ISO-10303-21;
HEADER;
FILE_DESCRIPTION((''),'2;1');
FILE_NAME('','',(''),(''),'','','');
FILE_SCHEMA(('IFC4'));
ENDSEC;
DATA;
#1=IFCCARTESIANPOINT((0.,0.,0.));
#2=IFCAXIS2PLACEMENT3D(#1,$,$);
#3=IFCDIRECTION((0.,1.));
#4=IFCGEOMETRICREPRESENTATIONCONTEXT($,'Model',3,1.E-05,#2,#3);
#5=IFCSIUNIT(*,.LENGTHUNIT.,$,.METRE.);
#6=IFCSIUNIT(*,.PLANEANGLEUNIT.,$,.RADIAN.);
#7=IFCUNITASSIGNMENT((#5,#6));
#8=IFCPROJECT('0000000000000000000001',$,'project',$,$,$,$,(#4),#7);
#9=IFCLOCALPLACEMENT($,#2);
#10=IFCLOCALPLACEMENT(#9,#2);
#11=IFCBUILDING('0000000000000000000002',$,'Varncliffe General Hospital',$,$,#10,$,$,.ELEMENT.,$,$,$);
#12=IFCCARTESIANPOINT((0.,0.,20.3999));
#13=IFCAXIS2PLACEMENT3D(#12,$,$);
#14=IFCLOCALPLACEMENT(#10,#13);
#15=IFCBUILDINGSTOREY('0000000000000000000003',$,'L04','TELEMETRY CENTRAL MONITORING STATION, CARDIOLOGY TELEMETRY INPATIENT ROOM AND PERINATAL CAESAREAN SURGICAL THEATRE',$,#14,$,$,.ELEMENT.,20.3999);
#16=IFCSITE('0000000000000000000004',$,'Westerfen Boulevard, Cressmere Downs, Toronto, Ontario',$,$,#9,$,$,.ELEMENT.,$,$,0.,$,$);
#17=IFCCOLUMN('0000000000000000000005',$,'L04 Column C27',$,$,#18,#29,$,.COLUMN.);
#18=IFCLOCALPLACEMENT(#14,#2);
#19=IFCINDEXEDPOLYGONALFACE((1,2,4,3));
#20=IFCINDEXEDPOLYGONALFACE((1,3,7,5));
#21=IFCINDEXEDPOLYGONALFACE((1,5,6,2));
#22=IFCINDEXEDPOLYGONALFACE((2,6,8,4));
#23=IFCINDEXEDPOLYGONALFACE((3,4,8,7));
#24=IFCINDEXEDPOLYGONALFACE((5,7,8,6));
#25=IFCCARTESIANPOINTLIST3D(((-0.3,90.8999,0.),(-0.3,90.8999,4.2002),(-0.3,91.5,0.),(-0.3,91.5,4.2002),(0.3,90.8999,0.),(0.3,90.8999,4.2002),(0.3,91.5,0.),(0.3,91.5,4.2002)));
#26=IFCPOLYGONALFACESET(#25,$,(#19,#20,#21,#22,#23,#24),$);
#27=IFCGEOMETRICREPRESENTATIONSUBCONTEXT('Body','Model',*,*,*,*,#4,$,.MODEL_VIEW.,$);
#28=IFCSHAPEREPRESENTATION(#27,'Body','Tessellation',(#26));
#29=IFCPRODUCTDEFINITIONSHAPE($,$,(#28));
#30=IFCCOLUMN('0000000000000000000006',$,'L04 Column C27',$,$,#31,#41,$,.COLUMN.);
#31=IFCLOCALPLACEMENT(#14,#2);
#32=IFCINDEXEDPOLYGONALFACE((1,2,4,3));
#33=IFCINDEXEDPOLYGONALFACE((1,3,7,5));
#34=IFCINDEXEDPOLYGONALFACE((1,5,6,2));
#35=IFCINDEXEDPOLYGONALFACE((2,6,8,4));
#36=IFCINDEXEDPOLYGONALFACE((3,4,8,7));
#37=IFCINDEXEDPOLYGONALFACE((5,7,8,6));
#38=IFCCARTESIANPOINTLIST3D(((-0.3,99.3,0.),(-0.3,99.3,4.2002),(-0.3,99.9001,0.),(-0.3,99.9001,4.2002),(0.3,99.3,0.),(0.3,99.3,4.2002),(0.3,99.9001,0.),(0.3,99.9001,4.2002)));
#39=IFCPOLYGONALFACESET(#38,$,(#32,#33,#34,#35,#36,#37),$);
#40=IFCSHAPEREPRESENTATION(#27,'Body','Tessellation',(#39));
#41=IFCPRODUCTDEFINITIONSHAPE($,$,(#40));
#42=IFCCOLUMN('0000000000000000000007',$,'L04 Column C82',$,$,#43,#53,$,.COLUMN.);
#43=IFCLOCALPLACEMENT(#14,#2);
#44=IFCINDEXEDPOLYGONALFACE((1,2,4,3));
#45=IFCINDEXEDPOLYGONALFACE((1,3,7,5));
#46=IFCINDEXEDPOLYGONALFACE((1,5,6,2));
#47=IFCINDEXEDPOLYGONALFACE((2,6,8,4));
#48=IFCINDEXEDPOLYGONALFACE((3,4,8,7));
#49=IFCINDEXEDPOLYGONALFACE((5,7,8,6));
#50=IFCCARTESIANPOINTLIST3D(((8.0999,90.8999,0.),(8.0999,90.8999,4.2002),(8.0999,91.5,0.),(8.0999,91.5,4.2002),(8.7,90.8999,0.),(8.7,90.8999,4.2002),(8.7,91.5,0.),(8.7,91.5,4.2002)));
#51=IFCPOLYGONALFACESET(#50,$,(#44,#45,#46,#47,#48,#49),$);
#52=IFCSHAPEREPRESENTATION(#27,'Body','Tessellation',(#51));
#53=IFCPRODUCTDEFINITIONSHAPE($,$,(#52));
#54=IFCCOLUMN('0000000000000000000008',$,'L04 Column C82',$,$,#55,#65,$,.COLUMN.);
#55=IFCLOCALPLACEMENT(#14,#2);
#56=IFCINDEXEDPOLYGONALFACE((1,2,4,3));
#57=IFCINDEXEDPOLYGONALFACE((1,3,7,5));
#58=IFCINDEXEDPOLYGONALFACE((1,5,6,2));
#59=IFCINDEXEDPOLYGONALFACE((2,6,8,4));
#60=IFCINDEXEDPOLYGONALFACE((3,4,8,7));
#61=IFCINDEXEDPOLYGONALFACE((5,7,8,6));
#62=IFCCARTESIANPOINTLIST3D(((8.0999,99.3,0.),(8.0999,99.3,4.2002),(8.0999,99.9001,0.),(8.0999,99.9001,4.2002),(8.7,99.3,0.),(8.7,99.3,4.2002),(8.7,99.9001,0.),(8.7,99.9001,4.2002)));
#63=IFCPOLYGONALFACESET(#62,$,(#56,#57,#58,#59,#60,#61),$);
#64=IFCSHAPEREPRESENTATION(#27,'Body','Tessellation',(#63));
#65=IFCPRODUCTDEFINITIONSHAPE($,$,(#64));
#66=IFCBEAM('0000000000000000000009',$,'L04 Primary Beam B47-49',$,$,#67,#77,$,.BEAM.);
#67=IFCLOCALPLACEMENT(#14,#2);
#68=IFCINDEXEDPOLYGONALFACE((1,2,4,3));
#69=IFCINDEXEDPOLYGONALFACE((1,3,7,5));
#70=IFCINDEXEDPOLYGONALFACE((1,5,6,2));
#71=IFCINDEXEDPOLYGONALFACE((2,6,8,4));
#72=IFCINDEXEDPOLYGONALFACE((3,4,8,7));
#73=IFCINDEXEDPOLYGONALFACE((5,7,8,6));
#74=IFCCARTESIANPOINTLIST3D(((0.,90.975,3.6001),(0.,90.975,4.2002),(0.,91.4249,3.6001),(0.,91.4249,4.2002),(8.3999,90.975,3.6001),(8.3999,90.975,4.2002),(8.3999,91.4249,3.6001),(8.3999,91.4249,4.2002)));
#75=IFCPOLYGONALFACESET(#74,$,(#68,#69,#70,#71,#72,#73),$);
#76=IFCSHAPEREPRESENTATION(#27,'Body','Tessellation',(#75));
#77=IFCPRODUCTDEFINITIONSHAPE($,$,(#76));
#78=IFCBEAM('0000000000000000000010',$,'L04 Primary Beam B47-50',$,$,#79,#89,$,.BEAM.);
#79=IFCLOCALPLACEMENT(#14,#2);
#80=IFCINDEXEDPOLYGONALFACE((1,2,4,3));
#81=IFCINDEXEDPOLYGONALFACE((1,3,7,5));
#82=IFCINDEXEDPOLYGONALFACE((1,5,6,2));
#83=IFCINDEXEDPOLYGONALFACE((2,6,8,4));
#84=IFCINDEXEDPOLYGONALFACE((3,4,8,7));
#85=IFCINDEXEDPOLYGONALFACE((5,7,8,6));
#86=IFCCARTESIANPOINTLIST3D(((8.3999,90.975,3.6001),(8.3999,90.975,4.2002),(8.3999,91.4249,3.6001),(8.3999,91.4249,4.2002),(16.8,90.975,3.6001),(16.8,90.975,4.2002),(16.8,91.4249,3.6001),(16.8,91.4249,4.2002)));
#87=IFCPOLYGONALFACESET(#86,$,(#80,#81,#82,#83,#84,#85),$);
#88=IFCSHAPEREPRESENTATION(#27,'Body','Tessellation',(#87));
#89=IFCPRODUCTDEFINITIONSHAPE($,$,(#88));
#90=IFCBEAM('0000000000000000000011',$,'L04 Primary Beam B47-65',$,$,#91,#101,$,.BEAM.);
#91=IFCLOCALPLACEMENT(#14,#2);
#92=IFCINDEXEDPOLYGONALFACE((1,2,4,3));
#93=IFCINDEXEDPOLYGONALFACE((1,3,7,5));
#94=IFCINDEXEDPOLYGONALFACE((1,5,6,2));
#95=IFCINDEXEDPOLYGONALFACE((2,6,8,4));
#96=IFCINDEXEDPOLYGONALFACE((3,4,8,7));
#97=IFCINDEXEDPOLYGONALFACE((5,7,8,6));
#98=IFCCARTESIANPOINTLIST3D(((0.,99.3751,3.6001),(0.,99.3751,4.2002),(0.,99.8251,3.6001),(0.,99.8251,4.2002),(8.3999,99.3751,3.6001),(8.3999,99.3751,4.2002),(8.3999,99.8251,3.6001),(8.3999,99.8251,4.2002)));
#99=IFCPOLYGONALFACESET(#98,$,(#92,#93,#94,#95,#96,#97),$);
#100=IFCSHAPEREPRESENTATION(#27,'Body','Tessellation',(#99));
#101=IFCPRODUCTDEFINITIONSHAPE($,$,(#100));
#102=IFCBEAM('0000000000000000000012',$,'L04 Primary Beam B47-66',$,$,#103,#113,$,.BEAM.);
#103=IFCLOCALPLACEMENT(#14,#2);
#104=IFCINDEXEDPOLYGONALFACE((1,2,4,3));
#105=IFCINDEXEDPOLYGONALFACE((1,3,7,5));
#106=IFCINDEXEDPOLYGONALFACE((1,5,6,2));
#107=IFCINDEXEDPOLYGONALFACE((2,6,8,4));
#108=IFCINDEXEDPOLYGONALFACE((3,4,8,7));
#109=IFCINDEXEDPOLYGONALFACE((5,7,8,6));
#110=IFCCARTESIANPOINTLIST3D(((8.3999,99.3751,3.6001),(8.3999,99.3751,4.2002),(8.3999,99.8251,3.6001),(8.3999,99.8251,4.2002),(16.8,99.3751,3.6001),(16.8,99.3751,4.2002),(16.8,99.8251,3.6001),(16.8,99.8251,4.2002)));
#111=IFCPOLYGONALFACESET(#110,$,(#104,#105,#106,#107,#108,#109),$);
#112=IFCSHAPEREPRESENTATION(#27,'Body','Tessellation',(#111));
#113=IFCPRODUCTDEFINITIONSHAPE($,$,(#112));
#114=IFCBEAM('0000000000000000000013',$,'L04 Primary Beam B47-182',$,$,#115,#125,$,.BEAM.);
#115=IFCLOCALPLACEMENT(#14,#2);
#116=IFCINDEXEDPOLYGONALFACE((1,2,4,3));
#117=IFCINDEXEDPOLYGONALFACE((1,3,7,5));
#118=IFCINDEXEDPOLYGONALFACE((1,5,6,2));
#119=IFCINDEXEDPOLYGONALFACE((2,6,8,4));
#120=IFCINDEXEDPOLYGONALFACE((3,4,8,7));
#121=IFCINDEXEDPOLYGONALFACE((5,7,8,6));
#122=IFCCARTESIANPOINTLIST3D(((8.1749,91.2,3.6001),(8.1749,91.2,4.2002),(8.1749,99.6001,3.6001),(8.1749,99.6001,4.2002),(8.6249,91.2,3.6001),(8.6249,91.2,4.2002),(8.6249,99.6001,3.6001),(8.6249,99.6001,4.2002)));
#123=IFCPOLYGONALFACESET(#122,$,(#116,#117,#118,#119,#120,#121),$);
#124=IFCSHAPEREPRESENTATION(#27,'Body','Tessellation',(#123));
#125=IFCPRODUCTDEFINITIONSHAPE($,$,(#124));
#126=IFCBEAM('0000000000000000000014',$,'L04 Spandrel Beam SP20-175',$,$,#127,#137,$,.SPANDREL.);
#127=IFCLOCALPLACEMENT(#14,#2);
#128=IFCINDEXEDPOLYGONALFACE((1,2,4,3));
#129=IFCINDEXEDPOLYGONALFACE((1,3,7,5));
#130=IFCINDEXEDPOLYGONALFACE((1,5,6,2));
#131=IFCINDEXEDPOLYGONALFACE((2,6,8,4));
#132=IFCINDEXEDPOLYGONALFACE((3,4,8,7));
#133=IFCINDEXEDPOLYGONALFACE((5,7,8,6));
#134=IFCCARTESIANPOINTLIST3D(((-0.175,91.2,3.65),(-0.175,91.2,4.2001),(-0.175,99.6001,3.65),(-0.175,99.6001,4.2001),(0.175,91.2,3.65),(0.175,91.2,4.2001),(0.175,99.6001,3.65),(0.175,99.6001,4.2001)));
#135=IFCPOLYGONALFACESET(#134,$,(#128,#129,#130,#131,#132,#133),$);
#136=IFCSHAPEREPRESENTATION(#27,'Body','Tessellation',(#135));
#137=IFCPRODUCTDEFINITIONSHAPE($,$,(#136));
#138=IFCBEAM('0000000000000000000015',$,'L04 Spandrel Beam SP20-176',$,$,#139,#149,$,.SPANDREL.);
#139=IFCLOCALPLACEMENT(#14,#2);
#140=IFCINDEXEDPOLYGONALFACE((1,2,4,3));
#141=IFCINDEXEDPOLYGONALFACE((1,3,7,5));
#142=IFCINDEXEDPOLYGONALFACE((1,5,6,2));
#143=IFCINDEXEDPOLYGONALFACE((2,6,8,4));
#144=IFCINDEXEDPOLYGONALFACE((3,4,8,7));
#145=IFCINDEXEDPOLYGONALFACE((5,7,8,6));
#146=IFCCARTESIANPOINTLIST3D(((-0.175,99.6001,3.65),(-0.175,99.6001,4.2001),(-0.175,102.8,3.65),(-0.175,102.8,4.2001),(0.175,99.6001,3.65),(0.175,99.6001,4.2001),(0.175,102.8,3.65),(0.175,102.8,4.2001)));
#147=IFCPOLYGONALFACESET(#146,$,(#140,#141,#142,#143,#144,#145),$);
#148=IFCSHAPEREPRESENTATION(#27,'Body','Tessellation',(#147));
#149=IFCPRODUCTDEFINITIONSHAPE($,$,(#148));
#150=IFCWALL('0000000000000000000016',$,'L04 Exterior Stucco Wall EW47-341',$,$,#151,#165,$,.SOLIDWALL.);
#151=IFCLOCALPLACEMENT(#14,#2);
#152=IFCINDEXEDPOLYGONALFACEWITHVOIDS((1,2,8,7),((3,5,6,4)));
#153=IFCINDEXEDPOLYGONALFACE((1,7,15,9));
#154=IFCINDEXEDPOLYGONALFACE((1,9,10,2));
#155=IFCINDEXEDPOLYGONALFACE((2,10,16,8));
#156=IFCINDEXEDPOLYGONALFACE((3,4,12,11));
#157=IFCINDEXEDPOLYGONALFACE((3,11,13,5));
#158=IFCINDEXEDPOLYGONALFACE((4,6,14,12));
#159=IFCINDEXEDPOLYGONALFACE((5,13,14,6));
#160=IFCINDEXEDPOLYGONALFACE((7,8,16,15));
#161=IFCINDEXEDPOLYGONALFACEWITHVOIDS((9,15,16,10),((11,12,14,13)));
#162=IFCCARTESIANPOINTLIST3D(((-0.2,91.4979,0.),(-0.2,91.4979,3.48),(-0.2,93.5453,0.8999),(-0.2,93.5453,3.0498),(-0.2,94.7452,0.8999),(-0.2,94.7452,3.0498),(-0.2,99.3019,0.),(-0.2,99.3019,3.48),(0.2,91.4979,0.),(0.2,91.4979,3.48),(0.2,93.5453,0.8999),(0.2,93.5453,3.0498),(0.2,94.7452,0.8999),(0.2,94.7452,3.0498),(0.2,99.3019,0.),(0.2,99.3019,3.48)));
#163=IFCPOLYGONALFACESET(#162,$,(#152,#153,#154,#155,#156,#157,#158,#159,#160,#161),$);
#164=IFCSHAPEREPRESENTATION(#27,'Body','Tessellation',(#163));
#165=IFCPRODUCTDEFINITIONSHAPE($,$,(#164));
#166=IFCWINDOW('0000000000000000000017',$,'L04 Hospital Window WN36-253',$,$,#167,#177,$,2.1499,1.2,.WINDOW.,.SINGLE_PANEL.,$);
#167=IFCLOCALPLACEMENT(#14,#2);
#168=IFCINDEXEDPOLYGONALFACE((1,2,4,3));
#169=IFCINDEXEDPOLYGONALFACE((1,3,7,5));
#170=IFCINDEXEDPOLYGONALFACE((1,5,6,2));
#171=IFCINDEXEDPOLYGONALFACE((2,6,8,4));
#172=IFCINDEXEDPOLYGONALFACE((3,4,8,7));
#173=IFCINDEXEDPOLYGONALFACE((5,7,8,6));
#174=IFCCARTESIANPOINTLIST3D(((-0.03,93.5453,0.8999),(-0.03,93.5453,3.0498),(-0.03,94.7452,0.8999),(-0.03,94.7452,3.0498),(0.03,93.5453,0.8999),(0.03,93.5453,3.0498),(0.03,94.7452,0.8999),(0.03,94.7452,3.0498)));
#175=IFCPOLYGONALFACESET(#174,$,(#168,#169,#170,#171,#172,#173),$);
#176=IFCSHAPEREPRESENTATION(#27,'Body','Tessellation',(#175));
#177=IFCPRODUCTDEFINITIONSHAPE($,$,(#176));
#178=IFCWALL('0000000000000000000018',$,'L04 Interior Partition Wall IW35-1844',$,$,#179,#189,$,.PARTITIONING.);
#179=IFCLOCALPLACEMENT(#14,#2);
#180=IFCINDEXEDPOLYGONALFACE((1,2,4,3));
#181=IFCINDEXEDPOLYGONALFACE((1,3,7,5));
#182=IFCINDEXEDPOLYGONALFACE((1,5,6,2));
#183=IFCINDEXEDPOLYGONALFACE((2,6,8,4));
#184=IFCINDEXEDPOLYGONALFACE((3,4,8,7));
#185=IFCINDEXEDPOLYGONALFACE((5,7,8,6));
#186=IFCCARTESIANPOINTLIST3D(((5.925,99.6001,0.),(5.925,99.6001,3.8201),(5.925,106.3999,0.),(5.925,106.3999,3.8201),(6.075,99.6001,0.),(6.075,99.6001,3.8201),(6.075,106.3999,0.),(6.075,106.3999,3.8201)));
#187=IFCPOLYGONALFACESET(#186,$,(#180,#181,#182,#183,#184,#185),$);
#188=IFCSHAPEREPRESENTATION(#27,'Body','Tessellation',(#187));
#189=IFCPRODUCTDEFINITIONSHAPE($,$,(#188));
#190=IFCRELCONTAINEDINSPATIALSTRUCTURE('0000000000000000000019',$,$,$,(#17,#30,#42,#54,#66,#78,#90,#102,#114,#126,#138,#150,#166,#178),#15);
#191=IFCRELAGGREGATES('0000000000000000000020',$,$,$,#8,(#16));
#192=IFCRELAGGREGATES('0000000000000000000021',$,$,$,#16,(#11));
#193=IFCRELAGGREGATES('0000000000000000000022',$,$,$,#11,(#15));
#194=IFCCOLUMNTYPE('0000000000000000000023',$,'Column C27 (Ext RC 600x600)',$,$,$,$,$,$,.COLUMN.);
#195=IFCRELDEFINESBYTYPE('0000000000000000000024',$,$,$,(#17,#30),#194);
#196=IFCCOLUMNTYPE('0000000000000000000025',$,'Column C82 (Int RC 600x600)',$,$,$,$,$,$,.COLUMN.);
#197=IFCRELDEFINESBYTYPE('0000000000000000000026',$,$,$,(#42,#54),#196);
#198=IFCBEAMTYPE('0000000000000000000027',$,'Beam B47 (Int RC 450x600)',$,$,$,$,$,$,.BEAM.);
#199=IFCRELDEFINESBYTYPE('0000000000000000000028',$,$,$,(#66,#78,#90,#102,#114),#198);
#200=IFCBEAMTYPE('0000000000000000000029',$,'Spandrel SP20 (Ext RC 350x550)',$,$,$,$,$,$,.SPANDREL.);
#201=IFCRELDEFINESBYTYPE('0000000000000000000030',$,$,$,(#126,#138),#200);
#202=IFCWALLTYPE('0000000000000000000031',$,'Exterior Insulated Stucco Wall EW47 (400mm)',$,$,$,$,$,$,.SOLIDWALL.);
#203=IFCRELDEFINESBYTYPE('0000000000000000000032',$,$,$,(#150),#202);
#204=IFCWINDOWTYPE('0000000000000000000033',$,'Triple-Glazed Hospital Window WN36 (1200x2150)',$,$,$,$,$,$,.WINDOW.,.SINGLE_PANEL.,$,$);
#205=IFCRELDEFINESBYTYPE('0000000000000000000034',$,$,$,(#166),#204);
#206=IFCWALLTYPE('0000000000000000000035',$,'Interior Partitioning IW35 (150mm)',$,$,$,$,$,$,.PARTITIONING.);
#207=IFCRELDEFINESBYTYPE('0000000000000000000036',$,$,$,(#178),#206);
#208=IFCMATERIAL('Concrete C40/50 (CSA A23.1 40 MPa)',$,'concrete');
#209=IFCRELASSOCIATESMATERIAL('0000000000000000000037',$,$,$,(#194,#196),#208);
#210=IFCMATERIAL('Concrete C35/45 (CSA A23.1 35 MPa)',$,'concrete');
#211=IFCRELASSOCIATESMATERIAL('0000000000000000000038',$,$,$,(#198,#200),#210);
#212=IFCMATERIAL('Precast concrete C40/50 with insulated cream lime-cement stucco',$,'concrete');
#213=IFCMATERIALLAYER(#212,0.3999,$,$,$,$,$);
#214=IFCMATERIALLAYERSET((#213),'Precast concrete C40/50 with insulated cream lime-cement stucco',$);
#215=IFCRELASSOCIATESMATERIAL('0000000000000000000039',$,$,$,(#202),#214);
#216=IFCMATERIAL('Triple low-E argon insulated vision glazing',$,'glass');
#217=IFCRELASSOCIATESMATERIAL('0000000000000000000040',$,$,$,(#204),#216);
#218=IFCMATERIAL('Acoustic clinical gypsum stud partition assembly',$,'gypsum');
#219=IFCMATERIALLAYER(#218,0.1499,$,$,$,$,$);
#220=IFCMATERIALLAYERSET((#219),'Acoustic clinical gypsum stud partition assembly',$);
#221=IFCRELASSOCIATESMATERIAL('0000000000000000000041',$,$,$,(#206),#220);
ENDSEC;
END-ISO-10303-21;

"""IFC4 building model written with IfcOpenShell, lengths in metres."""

from ifc_helpers import new_model, si_unit, direction, frame, frame_2d, origin, origin_2d, place, context, subcontext, project, spatial, rectangle, extrude, material, layer, layer_set, material_profile, profile_set, type_object, element, fill, save


model = new_model("IFC4")

# Units and contexts
model_context = context("Model", 3, precision=1e-05, world=origin(), true_north=direction((0.0, 1.0)))
body_context = subcontext(model_context, "Body", "Model", "MODEL_VIEW")
ifc_project = project(units=[si_unit("LENGTHUNIT", "METRE"), si_unit("PLANEANGLEUNIT", "RADIAN")], contexts=[model_context])

# Site, building, storey
site_placement = place(None, origin())
site = spatial("IfcSite", under=ifc_project, at=site_placement, Name="Westerfen Boulevard, Cressmere Downs, Toronto, Ontario", CompositionType="ELEMENT", RefElevation=0.0)
building_placement = place(site_placement, origin())
building = spatial("IfcBuilding", under=site, at=building_placement, Name="Varncliffe General Hospital", CompositionType="ELEMENT")
storey_placement = place(building_placement, frame((0.0, 0.0, 20.3999)))
storey = spatial("IfcBuildingStorey", under=building, at=storey_placement, Name="L04", Description="TELEMETRY CENTRAL MONITORING STATION, CARDIOLOGY TELEMETRY INPATIENT ROOM AND PERINATAL CAESAREAN SURGICAL THEATRE", CompositionType="ELEMENT", Elevation=20.3999)

# Columns
ifc_material_1 = material(Name="Concrete C40/50 (CSA A23.1 40 MPa)", Category="concrete")
ifc_material_profile_1 = material_profile(ifc_material_1, rectangle(XDim=0.6001, YDim=0.6001, at=origin_2d()), Name="RC 600x600")
ifc_profile_set_1 = profile_set([ifc_material_profile_1], Name="Concrete C40/50 (CSA A23.1 40 MPa)")
column_type_1 = type_object("IfcColumnType", Name="Column C27 (Ext RC 600x600)", PredefinedType="COLUMN", material=ifc_profile_set_1)
for number, where, z_axis, x_axis, name in (
    (1, (0.0, 91.2, 0.0), (0.0, 0.0, 1.0), (1.0, 0.0, 0.0), "L04 Column C27"),
    (2, (0.0, 99.6001, 0.0), (0.0, 0.0, 1.0), (1.0, 0.0, 0.0), "L04 Column C27"),
):
    element("IfcColumn", number, at=place(storey_placement, frame(where, z_axis=z_axis, x_axis=x_axis)), inside=storey, type_object=column_type_1, Name=name, PredefinedType="COLUMN", context=body_context, shape_type="SweptSolid", body=[
        extrude(rectangle(XDim=0.6001, YDim=0.6001, at=origin_2d()), origin(), (0.0, 0.0, 1.0), 4.2002),
    ])
ifc_material_profile_2 = material_profile(ifc_material_1, rectangle(XDim=0.6001, YDim=0.6001, at=origin_2d()), Name="RC 600x600")
ifc_profile_set_2 = profile_set([ifc_material_profile_2], Name="Concrete C40/50 (CSA A23.1 40 MPa)")
column_type_2 = type_object("IfcColumnType", Name="Column C82 (Int RC 600x600)", PredefinedType="COLUMN", material=ifc_profile_set_2)
for number, where, z_axis, x_axis, name in (
    (3, (8.3999, 91.2, 0.0), (0.0, 0.0, 1.0), (1.0, 0.0, 0.0), "L04 Column C82"),
    (4, (8.3999, 99.6001, 0.0), (0.0, 0.0, 1.0), (1.0, 0.0, 0.0), "L04 Column C82"),
):
    element("IfcColumn", number, at=place(storey_placement, frame(where, z_axis=z_axis, x_axis=x_axis)), inside=storey, type_object=column_type_2, Name=name, PredefinedType="COLUMN", context=body_context, shape_type="SweptSolid", body=[
        extrude(rectangle(XDim=0.6001, YDim=0.6001, at=origin_2d()), origin(), (0.0, 0.0, 1.0), 4.2002),
    ])

# Beams
ifc_material_2 = material(Name="Concrete C35/45 (CSA A23.1 35 MPa)", Category="concrete")
ifc_material_profile_3 = material_profile(ifc_material_2, rectangle(XDim=0.45, YDim=0.6001, at=origin_2d()), Name="RC 450x600")
ifc_profile_set_3 = profile_set([ifc_material_profile_3], Name="Concrete C35/45 (CSA A23.1 35 MPa)")
beam_type_1 = type_object("IfcBeamType", Name="Beam B47 (Int RC 450x600)", PredefinedType="BEAM", material=ifc_profile_set_3)
beam_1_placement = place(storey_placement, frame((0.0, 91.2, 3.9001), z_axis=(1.0, 0.0, 0.0), x_axis=(0.0, 1.0, 0.0)))
element("IfcBeam", 5, at=beam_1_placement, inside=storey, type_object=beam_type_1, Name="L04 Primary Beam B47-49", PredefinedType="BEAM", context=body_context, shape_type="SweptSolid", body=[
    extrude(rectangle(XDim=0.45, YDim=0.6001, at=origin_2d()), origin(), (0.0, 0.0, 1.0), 8.3999),
])
beam_2_placement = place(storey_placement, frame((8.3999, 91.2, 3.9001), z_axis=(1.0, 0.0, 0.0), x_axis=(0.0, 1.0, 0.0)))
element("IfcBeam", 6, at=beam_2_placement, inside=storey, type_object=beam_type_1, Name="L04 Primary Beam B47-50", PredefinedType="BEAM", context=body_context, shape_type="SweptSolid", body=[
    extrude(rectangle(XDim=0.45, YDim=0.6001, at=origin_2d()), origin(), (0.0, 0.0, 1.0), 8.4001),
])
beam_3_placement = place(storey_placement, frame((0.0, 99.6001, 3.9001), z_axis=(1.0, 0.0, 0.0), x_axis=(0.0, 1.0, 0.0)))
element("IfcBeam", 7, at=beam_3_placement, inside=storey, type_object=beam_type_1, Name="L04 Primary Beam B47-65", PredefinedType="BEAM", context=body_context, shape_type="SweptSolid", body=[
    extrude(rectangle(XDim=0.45, YDim=0.6001, at=origin_2d()), origin(), (0.0, 0.0, 1.0), 8.3999),
])
for number, where, z_axis, x_axis, name in (
    (8, (8.3999, 99.6001, 3.9001), (1.0, 0.0, 0.0), (0.0, 1.0, 0.0), "L04 Primary Beam B47-66"),
    (9, (8.3999, 91.2, 3.9001), (0.0, 1.0, 0.0), (-1.0, 0.0, 0.0), "L04 Primary Beam B47-182"),
):
    element("IfcBeam", number, at=place(storey_placement, frame(where, z_axis=z_axis, x_axis=x_axis)), inside=storey, type_object=beam_type_1, Name=name, PredefinedType="BEAM", context=body_context, shape_type="SweptSolid", body=[
        extrude(rectangle(XDim=0.45, YDim=0.6001, at=origin_2d()), origin(), (0.0, 0.0, 1.0), 8.4001),
    ])
ifc_material_profile_4 = material_profile(ifc_material_2, rectangle(XDim=0.3501, YDim=0.55, at=origin_2d()), Name="RC 350x550")
ifc_profile_set_4 = profile_set([ifc_material_profile_4], Name="Concrete C35/45 (CSA A23.1 35 MPa)")
beam_type_2 = type_object("IfcBeamType", Name="Spandrel SP20 (Ext RC 350x550)", PredefinedType="SPANDREL", material=ifc_profile_set_4)
beam_4_placement = place(storey_placement, frame((0.0, 91.2, 3.925), z_axis=(0.0, 1.0, 0.0), x_axis=(-1.0, 0.0, 0.0)))
element("IfcBeam", 10, at=beam_4_placement, inside=storey, type_object=beam_type_2, Name="L04 Spandrel Beam SP20-175", PredefinedType="SPANDREL", context=body_context, shape_type="SweptSolid", body=[
    extrude(rectangle(XDim=0.3501, YDim=0.55, at=origin_2d()), origin(), (0.0, 0.0, 1.0), 8.4001),
])
beam_5_placement = place(storey_placement, frame((0.0, 99.6001, 3.925), z_axis=(0.0, 1.0, 0.0), x_axis=(-1.0, 0.0, 0.0)))
element("IfcBeam", 11, at=beam_5_placement, inside=storey, type_object=beam_type_2, Name="L04 Spandrel Beam SP20-176", PredefinedType="SPANDREL", context=body_context, shape_type="SweptSolid", body=[
    extrude(rectangle(XDim=0.3501, YDim=0.55, at=origin_2d()), origin(), (0.0, 0.0, 1.0), 3.2),
])

# Wall, opening, window
ifc_material_3 = material(Name="Precast concrete C40/50 with insulated cream lime-cement stucco", Category="concrete")
ifc_layer_1 = layer(ifc_material_3, 0.3999)
ifc_layer_set_1 = layer_set([ifc_layer_1], Name="Precast concrete C40/50 with insulated cream lime-cement stucco")
wall_type_1 = type_object("IfcWallType", Name="Exterior Insulated Stucco Wall EW47 (400mm)", PredefinedType="SOLIDWALL", material=ifc_layer_set_1)
wall_1_placement = place(storey_placement, frame((0.0, 91.498, 0.0), z_axis=(0.0, 0.0, 1.0), x_axis=(0.0, 1.0, 0.0)))
wall_1 = element("IfcWall", 12, at=wall_1_placement, inside=storey, type_object=wall_type_1, Name="L04 Exterior Stucco Wall EW47-341", PredefinedType="SOLIDWALL", context=body_context, shape_type="SweptSolid", body=[
    extrude(rectangle(XDim=7.804, YDim=0.3999, at=frame_2d((3.9019, 0.0))), origin(), (0.0, 0.0, 1.0), 3.48),
])
opening_1_placement = place(wall_1_placement, frame((2.0471, 0.0, 0.8999)))
opening_1 = element("IfcOpeningElement", 13, at=opening_1_placement, cuts=wall_1, PredefinedType="OPENING", context=body_context, shape_type="SweptSolid", body=[
    extrude(rectangle(XDim=1.2, YDim=2.1499, at=frame_2d((0.6001, 1.075))), frame((0.0, 0.21, 0.0), z_axis=(0.0, -1.0, 0.0), x_axis=(1.0, 0.0, 0.0)), (0.0, 0.0, 1.0), 0.4199),
])
ifc_material_4 = material(Name="Triple low-E argon insulated vision glazing", Category="glass")
window_type = type_object("IfcWindowType", Name="Triple-Glazed Hospital Window WN36 (1200x2150)", PartitioningType="SINGLE_PANEL", PredefinedType="WINDOW", material=ifc_material_4)
window_placement = place(opening_1_placement, origin())
window = element("IfcWindow", 14, at=window_placement, inside=storey, type_object=window_type, Name="L04 Hospital Window WN36-253", OverallHeight=2.1499, OverallWidth=1.2, PartitioningType="SINGLE_PANEL", PredefinedType="WINDOW", context=body_context, shape_type="SweptSolid", body=[
    extrude(rectangle(XDim=1.2, YDim=2.1499, at=frame_2d((0.6001, 1.075))), frame((0.0, 0.03, 0.0), z_axis=(0.0, -1.0, 0.0), x_axis=(1.0, 0.0, 0.0)), (0.0, 0.0, 1.0), 0.0601),
])
fill(opening_1, window)

# Wall
ifc_material_5 = material(Name="Acoustic clinical gypsum stud partition assembly", Category="gypsum")
ifc_layer_2 = layer(ifc_material_5, 0.1499)
ifc_layer_set_2 = layer_set([ifc_layer_2], Name="Acoustic clinical gypsum stud partition assembly")
wall_type_2 = type_object("IfcWallType", Name="Interior Partitioning IW35 (150mm)", PredefinedType="PARTITIONING", material=ifc_layer_set_2)
wall_2_placement = place(storey_placement, frame((6.0, 99.6001, 0.0), z_axis=(0.0, 0.0, 1.0), x_axis=(0.0, 1.0, 0.0)))
element("IfcWall", 15, at=wall_2_placement, inside=storey, type_object=wall_type_2, Name="L04 Interior Partition Wall IW35-1844", PredefinedType="PARTITIONING", context=body_context, shape_type="SweptSolid", body=[
    extrude(rectangle(XDim=6.7998, YDim=0.1499, at=frame_2d((3.3999, 0.0))), origin(), (0.0, 0.0, 1.0), 3.8201),
])

save(model, "model.ifc")
